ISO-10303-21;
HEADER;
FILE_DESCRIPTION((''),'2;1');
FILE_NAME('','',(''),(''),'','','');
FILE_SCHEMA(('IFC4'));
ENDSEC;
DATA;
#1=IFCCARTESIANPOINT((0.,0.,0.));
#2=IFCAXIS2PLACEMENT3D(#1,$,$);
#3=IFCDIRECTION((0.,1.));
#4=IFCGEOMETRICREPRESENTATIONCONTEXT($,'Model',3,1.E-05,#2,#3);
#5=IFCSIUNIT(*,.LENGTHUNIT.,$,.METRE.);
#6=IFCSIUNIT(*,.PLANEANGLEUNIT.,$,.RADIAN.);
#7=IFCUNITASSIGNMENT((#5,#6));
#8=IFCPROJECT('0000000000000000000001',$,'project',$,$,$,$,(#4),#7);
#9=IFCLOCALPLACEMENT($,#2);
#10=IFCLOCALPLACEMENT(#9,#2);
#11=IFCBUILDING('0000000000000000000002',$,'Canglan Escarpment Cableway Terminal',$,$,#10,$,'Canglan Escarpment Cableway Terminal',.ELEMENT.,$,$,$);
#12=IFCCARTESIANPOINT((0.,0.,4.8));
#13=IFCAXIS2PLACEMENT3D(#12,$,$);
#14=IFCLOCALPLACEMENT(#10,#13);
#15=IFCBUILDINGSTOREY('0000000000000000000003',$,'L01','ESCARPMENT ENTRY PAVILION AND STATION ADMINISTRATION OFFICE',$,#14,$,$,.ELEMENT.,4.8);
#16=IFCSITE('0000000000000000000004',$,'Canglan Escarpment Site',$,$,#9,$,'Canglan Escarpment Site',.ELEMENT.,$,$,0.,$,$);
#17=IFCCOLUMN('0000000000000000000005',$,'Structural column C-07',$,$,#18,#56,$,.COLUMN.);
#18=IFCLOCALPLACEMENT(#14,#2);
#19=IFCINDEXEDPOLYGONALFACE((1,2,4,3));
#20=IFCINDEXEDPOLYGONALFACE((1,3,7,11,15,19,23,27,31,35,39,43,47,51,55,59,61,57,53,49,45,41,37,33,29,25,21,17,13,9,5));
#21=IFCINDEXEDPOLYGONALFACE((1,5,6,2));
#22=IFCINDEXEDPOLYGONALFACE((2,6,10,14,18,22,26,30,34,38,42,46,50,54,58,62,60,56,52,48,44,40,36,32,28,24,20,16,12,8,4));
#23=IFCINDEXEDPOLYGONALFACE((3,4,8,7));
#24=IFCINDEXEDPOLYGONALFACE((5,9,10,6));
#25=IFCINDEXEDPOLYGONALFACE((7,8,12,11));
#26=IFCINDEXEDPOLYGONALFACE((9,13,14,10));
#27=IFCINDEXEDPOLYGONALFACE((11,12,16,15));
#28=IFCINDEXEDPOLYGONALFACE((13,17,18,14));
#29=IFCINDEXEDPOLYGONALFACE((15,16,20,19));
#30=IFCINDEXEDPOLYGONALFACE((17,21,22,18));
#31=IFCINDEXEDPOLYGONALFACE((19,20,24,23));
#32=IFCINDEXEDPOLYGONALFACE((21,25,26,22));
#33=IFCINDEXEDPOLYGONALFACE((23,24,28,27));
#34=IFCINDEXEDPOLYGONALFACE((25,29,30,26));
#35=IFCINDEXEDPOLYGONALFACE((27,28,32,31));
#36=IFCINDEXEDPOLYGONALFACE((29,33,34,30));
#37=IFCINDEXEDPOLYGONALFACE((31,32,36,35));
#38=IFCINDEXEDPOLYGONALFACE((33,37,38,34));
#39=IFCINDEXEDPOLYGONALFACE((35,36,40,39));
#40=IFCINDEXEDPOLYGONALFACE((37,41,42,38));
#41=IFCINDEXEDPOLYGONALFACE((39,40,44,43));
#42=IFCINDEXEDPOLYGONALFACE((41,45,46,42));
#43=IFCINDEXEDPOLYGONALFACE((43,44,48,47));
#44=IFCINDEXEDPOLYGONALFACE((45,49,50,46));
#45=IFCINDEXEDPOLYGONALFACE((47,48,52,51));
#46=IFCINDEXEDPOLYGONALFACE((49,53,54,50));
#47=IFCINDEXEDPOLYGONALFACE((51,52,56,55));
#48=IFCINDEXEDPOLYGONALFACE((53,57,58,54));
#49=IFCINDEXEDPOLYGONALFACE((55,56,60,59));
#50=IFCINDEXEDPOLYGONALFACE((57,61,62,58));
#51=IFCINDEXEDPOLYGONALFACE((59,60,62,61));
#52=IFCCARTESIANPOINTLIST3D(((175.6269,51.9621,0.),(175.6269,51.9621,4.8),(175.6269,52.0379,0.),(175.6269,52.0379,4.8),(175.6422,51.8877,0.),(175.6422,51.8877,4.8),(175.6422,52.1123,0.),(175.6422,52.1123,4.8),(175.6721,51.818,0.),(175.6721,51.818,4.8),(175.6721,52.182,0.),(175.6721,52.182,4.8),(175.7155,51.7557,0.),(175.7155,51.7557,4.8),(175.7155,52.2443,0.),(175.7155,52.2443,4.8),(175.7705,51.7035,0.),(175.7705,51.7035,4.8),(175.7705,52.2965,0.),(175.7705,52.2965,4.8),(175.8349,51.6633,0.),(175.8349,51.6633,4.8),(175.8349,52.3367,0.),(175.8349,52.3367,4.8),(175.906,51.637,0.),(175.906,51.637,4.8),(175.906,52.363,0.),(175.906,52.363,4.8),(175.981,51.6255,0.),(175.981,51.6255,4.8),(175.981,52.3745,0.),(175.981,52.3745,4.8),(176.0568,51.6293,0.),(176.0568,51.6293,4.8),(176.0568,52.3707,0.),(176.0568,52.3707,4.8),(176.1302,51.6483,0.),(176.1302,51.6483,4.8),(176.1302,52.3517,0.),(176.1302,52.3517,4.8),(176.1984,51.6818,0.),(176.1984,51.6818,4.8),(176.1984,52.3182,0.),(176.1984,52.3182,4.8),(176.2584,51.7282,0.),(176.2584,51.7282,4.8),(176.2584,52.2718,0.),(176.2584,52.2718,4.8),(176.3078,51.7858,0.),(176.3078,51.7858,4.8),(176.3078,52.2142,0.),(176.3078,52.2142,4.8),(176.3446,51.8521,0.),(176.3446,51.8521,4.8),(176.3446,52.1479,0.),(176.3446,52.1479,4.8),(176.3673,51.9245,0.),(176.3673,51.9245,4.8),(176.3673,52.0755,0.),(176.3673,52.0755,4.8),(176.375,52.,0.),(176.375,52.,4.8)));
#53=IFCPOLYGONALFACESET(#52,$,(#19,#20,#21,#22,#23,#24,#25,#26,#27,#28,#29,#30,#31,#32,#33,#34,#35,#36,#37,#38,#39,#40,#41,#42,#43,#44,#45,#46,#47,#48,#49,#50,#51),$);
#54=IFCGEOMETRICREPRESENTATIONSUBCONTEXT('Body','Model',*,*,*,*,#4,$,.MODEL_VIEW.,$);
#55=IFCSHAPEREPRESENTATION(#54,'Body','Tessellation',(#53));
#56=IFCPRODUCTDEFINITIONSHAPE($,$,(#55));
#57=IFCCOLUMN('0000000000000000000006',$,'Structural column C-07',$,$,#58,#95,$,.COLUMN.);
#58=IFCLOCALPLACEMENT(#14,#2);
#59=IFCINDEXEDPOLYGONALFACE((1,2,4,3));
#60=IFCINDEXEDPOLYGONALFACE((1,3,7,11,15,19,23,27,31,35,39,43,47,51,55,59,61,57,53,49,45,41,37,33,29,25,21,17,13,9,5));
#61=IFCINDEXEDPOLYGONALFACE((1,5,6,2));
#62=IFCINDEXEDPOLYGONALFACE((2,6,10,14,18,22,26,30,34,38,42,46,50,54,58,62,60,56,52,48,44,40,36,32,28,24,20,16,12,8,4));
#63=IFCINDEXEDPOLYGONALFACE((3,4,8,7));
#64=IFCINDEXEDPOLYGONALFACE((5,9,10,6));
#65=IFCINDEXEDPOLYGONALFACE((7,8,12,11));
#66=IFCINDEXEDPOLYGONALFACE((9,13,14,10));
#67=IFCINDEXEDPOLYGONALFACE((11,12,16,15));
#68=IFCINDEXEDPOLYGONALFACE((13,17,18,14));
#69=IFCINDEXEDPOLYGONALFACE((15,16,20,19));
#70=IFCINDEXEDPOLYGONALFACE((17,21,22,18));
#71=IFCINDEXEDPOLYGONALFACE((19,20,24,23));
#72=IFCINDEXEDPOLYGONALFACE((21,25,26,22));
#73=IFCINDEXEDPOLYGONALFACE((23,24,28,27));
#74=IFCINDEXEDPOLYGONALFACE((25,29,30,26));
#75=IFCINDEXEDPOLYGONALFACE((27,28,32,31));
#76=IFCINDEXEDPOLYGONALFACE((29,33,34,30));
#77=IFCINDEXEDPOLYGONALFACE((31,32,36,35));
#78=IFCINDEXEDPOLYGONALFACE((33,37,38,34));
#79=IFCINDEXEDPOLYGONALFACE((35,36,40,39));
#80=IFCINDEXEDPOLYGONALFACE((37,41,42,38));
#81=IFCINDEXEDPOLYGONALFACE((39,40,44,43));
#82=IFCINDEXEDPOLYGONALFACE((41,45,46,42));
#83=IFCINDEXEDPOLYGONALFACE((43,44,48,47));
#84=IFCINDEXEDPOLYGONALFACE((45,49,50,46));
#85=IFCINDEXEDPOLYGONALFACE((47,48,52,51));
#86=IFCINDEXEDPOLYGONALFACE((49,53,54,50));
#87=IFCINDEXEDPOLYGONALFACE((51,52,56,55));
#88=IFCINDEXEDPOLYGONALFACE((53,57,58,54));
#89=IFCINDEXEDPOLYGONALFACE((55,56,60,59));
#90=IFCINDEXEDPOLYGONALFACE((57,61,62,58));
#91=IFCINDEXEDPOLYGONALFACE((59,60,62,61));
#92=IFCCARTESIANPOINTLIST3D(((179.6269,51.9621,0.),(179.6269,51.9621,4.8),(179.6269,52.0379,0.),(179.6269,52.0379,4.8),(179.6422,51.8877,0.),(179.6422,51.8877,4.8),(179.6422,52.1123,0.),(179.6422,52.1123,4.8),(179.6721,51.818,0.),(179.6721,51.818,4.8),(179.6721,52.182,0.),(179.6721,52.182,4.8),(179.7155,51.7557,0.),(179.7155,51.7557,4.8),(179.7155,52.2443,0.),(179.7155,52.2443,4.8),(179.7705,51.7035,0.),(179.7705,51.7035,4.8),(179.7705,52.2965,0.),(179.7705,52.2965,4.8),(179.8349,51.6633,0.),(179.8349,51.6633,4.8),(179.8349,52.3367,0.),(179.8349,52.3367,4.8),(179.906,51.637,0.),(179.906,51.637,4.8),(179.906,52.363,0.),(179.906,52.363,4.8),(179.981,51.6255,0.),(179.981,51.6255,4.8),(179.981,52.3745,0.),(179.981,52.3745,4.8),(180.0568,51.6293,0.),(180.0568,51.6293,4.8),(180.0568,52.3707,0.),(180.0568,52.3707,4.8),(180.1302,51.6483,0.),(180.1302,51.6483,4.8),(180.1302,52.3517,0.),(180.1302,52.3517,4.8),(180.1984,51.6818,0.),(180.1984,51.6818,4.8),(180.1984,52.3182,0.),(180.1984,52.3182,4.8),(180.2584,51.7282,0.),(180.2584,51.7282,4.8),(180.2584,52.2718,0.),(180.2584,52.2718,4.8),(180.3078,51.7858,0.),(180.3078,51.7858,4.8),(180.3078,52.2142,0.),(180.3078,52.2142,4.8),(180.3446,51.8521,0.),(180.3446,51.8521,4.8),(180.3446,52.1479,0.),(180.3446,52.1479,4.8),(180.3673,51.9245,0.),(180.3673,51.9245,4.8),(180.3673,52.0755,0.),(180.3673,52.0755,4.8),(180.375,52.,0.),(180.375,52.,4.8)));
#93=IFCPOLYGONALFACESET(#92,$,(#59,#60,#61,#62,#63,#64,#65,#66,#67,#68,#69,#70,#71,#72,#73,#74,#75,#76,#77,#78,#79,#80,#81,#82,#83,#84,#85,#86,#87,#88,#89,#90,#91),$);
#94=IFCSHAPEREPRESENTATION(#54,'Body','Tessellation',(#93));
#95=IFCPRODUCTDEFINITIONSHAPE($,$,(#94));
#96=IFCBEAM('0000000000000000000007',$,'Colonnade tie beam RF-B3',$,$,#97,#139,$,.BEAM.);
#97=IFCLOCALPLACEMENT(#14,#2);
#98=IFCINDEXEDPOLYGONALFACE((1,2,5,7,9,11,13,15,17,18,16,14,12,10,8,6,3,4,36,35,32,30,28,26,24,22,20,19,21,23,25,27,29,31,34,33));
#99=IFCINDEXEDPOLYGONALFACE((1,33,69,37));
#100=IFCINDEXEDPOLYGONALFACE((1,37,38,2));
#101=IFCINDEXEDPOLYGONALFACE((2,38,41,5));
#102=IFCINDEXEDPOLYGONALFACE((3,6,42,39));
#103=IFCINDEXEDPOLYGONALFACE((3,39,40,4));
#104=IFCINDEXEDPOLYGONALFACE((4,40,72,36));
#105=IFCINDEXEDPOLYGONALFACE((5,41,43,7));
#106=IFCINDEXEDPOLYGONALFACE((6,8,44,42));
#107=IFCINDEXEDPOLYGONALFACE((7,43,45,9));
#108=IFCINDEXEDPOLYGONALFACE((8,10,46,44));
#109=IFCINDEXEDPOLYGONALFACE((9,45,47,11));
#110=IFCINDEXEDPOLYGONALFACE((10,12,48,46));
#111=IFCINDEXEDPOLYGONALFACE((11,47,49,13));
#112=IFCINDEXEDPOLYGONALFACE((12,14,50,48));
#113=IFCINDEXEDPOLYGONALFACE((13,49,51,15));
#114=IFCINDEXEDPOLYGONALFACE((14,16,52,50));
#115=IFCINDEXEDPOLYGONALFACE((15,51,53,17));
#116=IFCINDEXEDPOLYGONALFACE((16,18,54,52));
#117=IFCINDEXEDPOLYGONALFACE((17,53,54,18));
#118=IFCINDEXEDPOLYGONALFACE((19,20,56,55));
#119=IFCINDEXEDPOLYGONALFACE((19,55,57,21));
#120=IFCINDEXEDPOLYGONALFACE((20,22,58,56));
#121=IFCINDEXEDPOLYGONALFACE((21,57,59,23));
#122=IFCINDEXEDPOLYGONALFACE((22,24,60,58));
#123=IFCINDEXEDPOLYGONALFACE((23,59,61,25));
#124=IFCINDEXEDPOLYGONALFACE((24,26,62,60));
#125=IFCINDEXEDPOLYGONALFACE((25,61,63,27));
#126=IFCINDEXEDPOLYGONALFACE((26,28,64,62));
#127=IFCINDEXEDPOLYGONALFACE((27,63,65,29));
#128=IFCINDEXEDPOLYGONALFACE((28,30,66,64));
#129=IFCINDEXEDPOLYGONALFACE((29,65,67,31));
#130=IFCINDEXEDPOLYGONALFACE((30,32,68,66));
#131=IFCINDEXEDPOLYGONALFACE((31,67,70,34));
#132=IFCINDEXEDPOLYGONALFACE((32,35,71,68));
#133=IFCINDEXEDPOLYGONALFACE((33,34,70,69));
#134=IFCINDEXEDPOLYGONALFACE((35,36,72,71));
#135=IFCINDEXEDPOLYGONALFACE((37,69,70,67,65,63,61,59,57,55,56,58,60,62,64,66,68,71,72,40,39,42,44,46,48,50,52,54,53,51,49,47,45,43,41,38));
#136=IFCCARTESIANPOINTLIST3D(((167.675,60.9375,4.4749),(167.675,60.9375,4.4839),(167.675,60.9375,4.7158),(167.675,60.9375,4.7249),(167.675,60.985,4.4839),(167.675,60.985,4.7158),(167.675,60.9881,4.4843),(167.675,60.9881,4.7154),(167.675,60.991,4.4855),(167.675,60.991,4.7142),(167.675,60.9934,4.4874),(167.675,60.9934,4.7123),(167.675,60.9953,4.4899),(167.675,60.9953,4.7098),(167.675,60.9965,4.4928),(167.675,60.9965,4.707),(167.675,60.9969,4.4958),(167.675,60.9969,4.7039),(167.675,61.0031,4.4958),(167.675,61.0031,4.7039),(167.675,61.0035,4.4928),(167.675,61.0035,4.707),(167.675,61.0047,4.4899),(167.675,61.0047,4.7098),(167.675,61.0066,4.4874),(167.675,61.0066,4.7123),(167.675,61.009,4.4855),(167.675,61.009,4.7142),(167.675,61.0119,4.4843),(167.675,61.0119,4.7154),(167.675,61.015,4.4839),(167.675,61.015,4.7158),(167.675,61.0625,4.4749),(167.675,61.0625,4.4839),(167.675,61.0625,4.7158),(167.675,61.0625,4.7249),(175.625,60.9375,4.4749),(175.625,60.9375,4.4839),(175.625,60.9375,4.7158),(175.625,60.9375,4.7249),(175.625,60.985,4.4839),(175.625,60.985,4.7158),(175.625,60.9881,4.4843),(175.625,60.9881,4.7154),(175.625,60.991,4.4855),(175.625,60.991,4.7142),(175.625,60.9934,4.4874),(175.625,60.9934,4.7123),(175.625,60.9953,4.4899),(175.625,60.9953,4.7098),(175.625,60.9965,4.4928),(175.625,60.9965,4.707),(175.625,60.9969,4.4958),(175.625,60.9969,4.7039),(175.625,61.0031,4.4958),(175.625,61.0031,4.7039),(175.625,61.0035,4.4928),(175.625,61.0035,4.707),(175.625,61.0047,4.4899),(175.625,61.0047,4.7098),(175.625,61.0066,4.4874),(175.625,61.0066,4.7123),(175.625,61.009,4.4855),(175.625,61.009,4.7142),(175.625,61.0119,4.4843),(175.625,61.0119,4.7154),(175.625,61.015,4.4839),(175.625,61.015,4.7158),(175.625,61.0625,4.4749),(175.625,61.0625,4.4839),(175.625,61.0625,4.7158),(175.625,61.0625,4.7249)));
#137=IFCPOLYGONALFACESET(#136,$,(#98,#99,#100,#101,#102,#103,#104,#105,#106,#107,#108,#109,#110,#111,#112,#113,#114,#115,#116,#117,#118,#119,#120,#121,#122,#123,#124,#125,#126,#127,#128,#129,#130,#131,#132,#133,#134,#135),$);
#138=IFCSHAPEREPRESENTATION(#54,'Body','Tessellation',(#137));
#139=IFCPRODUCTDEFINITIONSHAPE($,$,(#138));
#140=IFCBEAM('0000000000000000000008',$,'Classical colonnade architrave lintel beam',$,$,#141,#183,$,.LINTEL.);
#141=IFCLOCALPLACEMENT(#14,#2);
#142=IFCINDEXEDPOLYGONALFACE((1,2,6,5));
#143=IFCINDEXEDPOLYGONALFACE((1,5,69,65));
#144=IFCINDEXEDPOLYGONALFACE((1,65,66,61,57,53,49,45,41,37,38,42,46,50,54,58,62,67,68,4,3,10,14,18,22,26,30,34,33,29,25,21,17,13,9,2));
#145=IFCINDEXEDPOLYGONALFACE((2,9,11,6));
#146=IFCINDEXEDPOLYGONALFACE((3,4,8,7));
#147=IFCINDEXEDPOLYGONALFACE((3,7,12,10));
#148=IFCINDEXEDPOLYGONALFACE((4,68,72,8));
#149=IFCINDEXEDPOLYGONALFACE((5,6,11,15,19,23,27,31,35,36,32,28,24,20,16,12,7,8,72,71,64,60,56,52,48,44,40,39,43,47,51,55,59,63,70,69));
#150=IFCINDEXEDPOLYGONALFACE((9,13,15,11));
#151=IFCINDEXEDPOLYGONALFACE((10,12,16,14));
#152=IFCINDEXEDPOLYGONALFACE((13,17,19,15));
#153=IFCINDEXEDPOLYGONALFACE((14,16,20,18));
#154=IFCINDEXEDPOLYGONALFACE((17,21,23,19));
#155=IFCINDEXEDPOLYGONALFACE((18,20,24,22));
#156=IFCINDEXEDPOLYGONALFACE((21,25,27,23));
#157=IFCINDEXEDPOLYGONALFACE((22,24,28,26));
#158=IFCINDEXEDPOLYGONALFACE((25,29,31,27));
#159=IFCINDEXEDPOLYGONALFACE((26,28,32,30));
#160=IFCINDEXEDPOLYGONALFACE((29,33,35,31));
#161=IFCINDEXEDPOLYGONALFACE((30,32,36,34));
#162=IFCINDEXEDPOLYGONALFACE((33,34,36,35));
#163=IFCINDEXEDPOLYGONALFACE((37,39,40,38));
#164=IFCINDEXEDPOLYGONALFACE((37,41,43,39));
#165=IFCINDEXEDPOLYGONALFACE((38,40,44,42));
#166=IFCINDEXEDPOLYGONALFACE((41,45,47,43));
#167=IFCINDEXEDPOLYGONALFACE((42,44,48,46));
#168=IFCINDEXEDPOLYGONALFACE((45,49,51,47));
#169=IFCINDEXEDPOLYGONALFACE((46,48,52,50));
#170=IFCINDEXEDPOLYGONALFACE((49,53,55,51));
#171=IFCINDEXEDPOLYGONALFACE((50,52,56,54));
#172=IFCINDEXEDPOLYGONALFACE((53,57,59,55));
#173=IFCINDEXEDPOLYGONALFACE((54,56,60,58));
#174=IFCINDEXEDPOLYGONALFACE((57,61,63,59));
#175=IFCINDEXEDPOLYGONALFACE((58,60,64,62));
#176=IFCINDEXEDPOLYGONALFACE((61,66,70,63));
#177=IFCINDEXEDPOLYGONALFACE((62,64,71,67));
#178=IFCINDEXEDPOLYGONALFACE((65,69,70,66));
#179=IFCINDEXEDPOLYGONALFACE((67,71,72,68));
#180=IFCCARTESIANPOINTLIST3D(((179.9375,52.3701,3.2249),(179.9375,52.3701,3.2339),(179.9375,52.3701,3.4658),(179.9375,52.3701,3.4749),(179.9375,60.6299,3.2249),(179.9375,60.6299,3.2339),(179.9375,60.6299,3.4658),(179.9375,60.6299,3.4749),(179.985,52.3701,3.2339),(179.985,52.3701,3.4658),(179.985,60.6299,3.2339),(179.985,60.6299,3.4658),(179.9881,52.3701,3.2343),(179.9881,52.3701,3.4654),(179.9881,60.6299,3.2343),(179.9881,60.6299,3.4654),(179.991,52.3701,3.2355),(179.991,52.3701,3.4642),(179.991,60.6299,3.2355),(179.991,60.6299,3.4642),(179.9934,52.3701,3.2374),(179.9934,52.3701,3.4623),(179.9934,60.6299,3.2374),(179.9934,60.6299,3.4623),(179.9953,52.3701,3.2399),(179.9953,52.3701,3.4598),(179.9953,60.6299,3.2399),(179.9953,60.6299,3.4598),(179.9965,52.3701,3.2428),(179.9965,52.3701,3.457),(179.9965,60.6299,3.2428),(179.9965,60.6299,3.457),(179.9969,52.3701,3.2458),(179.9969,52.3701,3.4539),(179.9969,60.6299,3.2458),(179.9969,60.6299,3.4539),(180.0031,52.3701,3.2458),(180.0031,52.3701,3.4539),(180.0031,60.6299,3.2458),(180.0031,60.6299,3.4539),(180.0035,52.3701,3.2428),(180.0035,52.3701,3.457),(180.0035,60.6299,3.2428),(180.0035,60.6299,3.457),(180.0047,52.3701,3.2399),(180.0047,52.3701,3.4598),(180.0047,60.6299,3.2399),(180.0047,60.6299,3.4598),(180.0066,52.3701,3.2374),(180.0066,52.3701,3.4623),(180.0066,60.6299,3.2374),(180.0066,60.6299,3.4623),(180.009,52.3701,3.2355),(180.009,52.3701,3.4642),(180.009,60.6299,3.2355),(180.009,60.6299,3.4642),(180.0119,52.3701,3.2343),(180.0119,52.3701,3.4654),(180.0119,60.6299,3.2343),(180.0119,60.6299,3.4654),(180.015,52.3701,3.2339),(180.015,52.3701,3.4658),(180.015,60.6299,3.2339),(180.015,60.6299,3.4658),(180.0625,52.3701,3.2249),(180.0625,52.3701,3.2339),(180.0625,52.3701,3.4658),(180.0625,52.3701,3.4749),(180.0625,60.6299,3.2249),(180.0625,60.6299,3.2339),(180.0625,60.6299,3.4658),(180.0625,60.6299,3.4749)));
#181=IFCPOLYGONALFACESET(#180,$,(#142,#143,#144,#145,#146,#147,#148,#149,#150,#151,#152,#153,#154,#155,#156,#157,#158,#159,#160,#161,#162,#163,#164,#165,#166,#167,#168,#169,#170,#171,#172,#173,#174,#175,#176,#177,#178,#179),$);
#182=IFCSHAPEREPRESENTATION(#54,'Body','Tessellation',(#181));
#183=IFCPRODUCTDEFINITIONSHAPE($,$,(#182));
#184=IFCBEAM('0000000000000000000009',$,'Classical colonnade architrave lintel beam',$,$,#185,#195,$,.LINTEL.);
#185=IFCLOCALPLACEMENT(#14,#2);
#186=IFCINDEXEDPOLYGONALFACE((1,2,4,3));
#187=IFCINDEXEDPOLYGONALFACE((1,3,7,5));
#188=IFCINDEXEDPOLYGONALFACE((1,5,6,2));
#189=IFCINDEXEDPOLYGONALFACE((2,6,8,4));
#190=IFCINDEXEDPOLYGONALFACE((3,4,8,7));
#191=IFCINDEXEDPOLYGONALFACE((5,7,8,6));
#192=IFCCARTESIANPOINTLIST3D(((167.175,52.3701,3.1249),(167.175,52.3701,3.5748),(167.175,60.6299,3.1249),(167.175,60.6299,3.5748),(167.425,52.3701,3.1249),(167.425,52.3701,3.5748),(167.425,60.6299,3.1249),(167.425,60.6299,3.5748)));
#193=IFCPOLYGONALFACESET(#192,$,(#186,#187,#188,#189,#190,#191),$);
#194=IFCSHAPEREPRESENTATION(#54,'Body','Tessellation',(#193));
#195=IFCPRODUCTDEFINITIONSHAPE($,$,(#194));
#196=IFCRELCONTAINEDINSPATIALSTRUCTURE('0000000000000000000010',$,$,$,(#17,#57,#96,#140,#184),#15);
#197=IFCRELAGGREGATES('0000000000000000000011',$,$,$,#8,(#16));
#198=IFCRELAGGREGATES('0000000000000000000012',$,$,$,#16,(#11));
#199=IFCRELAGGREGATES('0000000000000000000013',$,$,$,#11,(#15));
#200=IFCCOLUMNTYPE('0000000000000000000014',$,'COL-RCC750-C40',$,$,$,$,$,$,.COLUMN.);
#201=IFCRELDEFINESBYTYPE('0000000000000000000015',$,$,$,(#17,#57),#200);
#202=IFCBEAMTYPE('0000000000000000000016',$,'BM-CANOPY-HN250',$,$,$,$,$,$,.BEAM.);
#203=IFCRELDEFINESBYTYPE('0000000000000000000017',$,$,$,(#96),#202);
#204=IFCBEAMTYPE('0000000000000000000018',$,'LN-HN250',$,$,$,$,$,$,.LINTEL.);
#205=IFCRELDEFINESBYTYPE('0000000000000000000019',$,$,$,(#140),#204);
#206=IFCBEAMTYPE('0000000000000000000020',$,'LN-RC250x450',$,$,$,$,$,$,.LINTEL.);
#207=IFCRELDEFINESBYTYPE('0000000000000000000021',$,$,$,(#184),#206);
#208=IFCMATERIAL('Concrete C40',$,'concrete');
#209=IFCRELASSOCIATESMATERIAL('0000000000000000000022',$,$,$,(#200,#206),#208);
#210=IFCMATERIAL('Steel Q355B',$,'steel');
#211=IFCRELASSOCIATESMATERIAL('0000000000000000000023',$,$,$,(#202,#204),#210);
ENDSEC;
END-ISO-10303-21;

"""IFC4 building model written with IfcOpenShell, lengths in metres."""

from ifc_helpers import new_model, si_unit, direction, frame, origin, origin_2d, place, context, subcontext, project, spatial, rectangle, circle, i_section, extrude, material, material_profile, profile_set, type_object, element, save


model = new_model("IFC4")

# Units and contexts
model_context = context("Model", 3, precision=1e-05, world=origin(), true_north=direction((0.0, 1.0)))
body_context = subcontext(model_context, "Body", "Model", "MODEL_VIEW")
ifc_project = project(units=[si_unit("LENGTHUNIT", "METRE"), si_unit("PLANEANGLEUNIT", "RADIAN")], contexts=[model_context])

# Site, building, storey
site_placement = place(None, origin())
site = spatial("IfcSite", under=ifc_project, at=site_placement, Name="Canglan Escarpment Site", LongName="Canglan Escarpment Site", CompositionType="ELEMENT", RefElevation=0.0)
building_placement = place(site_placement, origin())
building = spatial("IfcBuilding", under=site, at=building_placement, Name="Canglan Escarpment Cableway Terminal", LongName="Canglan Escarpment Cableway Terminal", CompositionType="ELEMENT")
storey_placement = place(building_placement, frame((0.0, 0.0, 4.8)))
storey = spatial("IfcBuildingStorey", under=building, at=storey_placement, Name="L01", Description="ESCARPMENT ENTRY PAVILION AND STATION ADMINISTRATION OFFICE", CompositionType="ELEMENT", Elevation=4.8)

# Shared definitions
ifc_material_1 = material(Name="Concrete C40", Category="concrete")

# Columns
ifc_material_profile_1 = material_profile(ifc_material_1, circle(Radius=0.375, at=origin_2d()), Name="RC-CIRC D750")
ifc_profile_set_1 = profile_set([ifc_material_profile_1], Name="Concrete C40")
column_type_1 = type_object("IfcColumnType", Name="COL-RCC750-C40", PredefinedType="COLUMN", material=ifc_profile_set_1)
for number, where, z_axis, x_axis, name in (
    (1, (176.0, 52.0, 0.0), (0.0, 0.0, 1.0), (1.0, 0.0, 0.0), "Structural column C-07"),
    (2, (180.0, 52.0, 0.0), (0.0, 0.0, 1.0), (1.0, 0.0, 0.0), "Structural column C-07"),
):
    element("IfcColumn", number, at=place(storey_placement, frame(where, z_axis=z_axis, x_axis=x_axis)), inside=storey, type_object=column_type_1, Name=name, PredefinedType="COLUMN", context=body_context, shape_type="SweptSolid", body=[
        extrude(circle(Radius=0.375, at=origin_2d()), origin(), (0.0, 0.0, 1.0), 4.8),
    ])

# Beams
ifc_material_2 = material(Name="Steel Q355B", Category="steel")
ifc_material_profile_2 = material_profile(ifc_material_2, i_section(OverallWidth=0.125, OverallDepth=0.25, WebThickness=0.0061, FlangeThickness=0.009, FilletRadius=0.012, at=origin_2d()), Name="HN 250x125x6x9")
ifc_profile_set_2 = profile_set([ifc_material_profile_2], Name="Steel Q355B")
beam_type_1 = type_object("IfcBeamType", Name="BM-CANOPY-HN250", PredefinedType="BEAM", material=ifc_profile_set_2)
beam_1_placement = place(storey_placement, frame((167.675, 61.0, 4.5999), z_axis=(1.0, 0.0, 0.0), x_axis=(0.0, 1.0, 0.0)))
element("IfcBeam", 3, at=beam_1_placement, inside=storey, type_object=beam_type_1, Name="Colonnade tie beam RF-B3", PredefinedType="BEAM", context=body_context, shape_type="SweptSolid", body=[
    extrude(i_section(OverallWidth=0.125, OverallDepth=0.25, WebThickness=0.0061, FlangeThickness=0.009, FilletRadius=0.012, at=origin_2d()), origin(), (0.0, 0.0, 1.0), 7.95),
])
ifc_material_profile_3 = material_profile(ifc_material_2, i_section(OverallWidth=0.125, OverallDepth=0.25, WebThickness=0.0061, FlangeThickness=0.009, FilletRadius=0.012, at=origin_2d()), Name="HN 250x125x6x9")
ifc_profile_set_3 = profile_set([ifc_material_profile_3], Name="Steel Q355B")
beam_type_2 = type_object("IfcBeamType", Name="LN-HN250", PredefinedType="LINTEL", material=ifc_profile_set_3)
beam_2_placement = place(storey_placement, frame((180.0, 52.3701, 3.3499), z_axis=(0.0, 1.0, 0.0), x_axis=(-1.0, 0.0, 0.0)))
element("IfcBeam", 4, at=beam_2_placement, inside=storey, type_object=beam_type_2, Name="Classical colonnade architrave lintel beam", PredefinedType="LINTEL", context=body_context, shape_type="SweptSolid", body=[
    extrude(i_section(OverallWidth=0.125, OverallDepth=0.25, WebThickness=0.0061, FlangeThickness=0.009, FilletRadius=0.012, at=origin_2d()), origin(), (0.0, 0.0, 1.0), 8.2598),
])
ifc_material_profile_4 = material_profile(ifc_material_1, rectangle(XDim=0.25, YDim=0.45, at=origin_2d()), Name="RC 250x450")
ifc_profile_set_4 = profile_set([ifc_material_profile_4], Name="Concrete C40")
beam_type_3 = type_object("IfcBeamType", Name="LN-RC250x450", PredefinedType="LINTEL", material=ifc_profile_set_4)
beam_3_placement = place(storey_placement, frame((167.3, 52.3701, 3.3499), z_axis=(0.0, 1.0, 0.0), x_axis=(-1.0, 0.0, 0.0)))
element("IfcBeam", 5, at=beam_3_placement, inside=storey, type_object=beam_type_3, Name="Classical colonnade architrave lintel beam", PredefinedType="LINTEL", context=body_context, shape_type="SweptSolid", body=[
    extrude(rectangle(XDim=0.25, YDim=0.45, at=origin_2d()), origin(), (0.0, 0.0, 1.0), 8.2598),
])

save(model, "model.ifc")
